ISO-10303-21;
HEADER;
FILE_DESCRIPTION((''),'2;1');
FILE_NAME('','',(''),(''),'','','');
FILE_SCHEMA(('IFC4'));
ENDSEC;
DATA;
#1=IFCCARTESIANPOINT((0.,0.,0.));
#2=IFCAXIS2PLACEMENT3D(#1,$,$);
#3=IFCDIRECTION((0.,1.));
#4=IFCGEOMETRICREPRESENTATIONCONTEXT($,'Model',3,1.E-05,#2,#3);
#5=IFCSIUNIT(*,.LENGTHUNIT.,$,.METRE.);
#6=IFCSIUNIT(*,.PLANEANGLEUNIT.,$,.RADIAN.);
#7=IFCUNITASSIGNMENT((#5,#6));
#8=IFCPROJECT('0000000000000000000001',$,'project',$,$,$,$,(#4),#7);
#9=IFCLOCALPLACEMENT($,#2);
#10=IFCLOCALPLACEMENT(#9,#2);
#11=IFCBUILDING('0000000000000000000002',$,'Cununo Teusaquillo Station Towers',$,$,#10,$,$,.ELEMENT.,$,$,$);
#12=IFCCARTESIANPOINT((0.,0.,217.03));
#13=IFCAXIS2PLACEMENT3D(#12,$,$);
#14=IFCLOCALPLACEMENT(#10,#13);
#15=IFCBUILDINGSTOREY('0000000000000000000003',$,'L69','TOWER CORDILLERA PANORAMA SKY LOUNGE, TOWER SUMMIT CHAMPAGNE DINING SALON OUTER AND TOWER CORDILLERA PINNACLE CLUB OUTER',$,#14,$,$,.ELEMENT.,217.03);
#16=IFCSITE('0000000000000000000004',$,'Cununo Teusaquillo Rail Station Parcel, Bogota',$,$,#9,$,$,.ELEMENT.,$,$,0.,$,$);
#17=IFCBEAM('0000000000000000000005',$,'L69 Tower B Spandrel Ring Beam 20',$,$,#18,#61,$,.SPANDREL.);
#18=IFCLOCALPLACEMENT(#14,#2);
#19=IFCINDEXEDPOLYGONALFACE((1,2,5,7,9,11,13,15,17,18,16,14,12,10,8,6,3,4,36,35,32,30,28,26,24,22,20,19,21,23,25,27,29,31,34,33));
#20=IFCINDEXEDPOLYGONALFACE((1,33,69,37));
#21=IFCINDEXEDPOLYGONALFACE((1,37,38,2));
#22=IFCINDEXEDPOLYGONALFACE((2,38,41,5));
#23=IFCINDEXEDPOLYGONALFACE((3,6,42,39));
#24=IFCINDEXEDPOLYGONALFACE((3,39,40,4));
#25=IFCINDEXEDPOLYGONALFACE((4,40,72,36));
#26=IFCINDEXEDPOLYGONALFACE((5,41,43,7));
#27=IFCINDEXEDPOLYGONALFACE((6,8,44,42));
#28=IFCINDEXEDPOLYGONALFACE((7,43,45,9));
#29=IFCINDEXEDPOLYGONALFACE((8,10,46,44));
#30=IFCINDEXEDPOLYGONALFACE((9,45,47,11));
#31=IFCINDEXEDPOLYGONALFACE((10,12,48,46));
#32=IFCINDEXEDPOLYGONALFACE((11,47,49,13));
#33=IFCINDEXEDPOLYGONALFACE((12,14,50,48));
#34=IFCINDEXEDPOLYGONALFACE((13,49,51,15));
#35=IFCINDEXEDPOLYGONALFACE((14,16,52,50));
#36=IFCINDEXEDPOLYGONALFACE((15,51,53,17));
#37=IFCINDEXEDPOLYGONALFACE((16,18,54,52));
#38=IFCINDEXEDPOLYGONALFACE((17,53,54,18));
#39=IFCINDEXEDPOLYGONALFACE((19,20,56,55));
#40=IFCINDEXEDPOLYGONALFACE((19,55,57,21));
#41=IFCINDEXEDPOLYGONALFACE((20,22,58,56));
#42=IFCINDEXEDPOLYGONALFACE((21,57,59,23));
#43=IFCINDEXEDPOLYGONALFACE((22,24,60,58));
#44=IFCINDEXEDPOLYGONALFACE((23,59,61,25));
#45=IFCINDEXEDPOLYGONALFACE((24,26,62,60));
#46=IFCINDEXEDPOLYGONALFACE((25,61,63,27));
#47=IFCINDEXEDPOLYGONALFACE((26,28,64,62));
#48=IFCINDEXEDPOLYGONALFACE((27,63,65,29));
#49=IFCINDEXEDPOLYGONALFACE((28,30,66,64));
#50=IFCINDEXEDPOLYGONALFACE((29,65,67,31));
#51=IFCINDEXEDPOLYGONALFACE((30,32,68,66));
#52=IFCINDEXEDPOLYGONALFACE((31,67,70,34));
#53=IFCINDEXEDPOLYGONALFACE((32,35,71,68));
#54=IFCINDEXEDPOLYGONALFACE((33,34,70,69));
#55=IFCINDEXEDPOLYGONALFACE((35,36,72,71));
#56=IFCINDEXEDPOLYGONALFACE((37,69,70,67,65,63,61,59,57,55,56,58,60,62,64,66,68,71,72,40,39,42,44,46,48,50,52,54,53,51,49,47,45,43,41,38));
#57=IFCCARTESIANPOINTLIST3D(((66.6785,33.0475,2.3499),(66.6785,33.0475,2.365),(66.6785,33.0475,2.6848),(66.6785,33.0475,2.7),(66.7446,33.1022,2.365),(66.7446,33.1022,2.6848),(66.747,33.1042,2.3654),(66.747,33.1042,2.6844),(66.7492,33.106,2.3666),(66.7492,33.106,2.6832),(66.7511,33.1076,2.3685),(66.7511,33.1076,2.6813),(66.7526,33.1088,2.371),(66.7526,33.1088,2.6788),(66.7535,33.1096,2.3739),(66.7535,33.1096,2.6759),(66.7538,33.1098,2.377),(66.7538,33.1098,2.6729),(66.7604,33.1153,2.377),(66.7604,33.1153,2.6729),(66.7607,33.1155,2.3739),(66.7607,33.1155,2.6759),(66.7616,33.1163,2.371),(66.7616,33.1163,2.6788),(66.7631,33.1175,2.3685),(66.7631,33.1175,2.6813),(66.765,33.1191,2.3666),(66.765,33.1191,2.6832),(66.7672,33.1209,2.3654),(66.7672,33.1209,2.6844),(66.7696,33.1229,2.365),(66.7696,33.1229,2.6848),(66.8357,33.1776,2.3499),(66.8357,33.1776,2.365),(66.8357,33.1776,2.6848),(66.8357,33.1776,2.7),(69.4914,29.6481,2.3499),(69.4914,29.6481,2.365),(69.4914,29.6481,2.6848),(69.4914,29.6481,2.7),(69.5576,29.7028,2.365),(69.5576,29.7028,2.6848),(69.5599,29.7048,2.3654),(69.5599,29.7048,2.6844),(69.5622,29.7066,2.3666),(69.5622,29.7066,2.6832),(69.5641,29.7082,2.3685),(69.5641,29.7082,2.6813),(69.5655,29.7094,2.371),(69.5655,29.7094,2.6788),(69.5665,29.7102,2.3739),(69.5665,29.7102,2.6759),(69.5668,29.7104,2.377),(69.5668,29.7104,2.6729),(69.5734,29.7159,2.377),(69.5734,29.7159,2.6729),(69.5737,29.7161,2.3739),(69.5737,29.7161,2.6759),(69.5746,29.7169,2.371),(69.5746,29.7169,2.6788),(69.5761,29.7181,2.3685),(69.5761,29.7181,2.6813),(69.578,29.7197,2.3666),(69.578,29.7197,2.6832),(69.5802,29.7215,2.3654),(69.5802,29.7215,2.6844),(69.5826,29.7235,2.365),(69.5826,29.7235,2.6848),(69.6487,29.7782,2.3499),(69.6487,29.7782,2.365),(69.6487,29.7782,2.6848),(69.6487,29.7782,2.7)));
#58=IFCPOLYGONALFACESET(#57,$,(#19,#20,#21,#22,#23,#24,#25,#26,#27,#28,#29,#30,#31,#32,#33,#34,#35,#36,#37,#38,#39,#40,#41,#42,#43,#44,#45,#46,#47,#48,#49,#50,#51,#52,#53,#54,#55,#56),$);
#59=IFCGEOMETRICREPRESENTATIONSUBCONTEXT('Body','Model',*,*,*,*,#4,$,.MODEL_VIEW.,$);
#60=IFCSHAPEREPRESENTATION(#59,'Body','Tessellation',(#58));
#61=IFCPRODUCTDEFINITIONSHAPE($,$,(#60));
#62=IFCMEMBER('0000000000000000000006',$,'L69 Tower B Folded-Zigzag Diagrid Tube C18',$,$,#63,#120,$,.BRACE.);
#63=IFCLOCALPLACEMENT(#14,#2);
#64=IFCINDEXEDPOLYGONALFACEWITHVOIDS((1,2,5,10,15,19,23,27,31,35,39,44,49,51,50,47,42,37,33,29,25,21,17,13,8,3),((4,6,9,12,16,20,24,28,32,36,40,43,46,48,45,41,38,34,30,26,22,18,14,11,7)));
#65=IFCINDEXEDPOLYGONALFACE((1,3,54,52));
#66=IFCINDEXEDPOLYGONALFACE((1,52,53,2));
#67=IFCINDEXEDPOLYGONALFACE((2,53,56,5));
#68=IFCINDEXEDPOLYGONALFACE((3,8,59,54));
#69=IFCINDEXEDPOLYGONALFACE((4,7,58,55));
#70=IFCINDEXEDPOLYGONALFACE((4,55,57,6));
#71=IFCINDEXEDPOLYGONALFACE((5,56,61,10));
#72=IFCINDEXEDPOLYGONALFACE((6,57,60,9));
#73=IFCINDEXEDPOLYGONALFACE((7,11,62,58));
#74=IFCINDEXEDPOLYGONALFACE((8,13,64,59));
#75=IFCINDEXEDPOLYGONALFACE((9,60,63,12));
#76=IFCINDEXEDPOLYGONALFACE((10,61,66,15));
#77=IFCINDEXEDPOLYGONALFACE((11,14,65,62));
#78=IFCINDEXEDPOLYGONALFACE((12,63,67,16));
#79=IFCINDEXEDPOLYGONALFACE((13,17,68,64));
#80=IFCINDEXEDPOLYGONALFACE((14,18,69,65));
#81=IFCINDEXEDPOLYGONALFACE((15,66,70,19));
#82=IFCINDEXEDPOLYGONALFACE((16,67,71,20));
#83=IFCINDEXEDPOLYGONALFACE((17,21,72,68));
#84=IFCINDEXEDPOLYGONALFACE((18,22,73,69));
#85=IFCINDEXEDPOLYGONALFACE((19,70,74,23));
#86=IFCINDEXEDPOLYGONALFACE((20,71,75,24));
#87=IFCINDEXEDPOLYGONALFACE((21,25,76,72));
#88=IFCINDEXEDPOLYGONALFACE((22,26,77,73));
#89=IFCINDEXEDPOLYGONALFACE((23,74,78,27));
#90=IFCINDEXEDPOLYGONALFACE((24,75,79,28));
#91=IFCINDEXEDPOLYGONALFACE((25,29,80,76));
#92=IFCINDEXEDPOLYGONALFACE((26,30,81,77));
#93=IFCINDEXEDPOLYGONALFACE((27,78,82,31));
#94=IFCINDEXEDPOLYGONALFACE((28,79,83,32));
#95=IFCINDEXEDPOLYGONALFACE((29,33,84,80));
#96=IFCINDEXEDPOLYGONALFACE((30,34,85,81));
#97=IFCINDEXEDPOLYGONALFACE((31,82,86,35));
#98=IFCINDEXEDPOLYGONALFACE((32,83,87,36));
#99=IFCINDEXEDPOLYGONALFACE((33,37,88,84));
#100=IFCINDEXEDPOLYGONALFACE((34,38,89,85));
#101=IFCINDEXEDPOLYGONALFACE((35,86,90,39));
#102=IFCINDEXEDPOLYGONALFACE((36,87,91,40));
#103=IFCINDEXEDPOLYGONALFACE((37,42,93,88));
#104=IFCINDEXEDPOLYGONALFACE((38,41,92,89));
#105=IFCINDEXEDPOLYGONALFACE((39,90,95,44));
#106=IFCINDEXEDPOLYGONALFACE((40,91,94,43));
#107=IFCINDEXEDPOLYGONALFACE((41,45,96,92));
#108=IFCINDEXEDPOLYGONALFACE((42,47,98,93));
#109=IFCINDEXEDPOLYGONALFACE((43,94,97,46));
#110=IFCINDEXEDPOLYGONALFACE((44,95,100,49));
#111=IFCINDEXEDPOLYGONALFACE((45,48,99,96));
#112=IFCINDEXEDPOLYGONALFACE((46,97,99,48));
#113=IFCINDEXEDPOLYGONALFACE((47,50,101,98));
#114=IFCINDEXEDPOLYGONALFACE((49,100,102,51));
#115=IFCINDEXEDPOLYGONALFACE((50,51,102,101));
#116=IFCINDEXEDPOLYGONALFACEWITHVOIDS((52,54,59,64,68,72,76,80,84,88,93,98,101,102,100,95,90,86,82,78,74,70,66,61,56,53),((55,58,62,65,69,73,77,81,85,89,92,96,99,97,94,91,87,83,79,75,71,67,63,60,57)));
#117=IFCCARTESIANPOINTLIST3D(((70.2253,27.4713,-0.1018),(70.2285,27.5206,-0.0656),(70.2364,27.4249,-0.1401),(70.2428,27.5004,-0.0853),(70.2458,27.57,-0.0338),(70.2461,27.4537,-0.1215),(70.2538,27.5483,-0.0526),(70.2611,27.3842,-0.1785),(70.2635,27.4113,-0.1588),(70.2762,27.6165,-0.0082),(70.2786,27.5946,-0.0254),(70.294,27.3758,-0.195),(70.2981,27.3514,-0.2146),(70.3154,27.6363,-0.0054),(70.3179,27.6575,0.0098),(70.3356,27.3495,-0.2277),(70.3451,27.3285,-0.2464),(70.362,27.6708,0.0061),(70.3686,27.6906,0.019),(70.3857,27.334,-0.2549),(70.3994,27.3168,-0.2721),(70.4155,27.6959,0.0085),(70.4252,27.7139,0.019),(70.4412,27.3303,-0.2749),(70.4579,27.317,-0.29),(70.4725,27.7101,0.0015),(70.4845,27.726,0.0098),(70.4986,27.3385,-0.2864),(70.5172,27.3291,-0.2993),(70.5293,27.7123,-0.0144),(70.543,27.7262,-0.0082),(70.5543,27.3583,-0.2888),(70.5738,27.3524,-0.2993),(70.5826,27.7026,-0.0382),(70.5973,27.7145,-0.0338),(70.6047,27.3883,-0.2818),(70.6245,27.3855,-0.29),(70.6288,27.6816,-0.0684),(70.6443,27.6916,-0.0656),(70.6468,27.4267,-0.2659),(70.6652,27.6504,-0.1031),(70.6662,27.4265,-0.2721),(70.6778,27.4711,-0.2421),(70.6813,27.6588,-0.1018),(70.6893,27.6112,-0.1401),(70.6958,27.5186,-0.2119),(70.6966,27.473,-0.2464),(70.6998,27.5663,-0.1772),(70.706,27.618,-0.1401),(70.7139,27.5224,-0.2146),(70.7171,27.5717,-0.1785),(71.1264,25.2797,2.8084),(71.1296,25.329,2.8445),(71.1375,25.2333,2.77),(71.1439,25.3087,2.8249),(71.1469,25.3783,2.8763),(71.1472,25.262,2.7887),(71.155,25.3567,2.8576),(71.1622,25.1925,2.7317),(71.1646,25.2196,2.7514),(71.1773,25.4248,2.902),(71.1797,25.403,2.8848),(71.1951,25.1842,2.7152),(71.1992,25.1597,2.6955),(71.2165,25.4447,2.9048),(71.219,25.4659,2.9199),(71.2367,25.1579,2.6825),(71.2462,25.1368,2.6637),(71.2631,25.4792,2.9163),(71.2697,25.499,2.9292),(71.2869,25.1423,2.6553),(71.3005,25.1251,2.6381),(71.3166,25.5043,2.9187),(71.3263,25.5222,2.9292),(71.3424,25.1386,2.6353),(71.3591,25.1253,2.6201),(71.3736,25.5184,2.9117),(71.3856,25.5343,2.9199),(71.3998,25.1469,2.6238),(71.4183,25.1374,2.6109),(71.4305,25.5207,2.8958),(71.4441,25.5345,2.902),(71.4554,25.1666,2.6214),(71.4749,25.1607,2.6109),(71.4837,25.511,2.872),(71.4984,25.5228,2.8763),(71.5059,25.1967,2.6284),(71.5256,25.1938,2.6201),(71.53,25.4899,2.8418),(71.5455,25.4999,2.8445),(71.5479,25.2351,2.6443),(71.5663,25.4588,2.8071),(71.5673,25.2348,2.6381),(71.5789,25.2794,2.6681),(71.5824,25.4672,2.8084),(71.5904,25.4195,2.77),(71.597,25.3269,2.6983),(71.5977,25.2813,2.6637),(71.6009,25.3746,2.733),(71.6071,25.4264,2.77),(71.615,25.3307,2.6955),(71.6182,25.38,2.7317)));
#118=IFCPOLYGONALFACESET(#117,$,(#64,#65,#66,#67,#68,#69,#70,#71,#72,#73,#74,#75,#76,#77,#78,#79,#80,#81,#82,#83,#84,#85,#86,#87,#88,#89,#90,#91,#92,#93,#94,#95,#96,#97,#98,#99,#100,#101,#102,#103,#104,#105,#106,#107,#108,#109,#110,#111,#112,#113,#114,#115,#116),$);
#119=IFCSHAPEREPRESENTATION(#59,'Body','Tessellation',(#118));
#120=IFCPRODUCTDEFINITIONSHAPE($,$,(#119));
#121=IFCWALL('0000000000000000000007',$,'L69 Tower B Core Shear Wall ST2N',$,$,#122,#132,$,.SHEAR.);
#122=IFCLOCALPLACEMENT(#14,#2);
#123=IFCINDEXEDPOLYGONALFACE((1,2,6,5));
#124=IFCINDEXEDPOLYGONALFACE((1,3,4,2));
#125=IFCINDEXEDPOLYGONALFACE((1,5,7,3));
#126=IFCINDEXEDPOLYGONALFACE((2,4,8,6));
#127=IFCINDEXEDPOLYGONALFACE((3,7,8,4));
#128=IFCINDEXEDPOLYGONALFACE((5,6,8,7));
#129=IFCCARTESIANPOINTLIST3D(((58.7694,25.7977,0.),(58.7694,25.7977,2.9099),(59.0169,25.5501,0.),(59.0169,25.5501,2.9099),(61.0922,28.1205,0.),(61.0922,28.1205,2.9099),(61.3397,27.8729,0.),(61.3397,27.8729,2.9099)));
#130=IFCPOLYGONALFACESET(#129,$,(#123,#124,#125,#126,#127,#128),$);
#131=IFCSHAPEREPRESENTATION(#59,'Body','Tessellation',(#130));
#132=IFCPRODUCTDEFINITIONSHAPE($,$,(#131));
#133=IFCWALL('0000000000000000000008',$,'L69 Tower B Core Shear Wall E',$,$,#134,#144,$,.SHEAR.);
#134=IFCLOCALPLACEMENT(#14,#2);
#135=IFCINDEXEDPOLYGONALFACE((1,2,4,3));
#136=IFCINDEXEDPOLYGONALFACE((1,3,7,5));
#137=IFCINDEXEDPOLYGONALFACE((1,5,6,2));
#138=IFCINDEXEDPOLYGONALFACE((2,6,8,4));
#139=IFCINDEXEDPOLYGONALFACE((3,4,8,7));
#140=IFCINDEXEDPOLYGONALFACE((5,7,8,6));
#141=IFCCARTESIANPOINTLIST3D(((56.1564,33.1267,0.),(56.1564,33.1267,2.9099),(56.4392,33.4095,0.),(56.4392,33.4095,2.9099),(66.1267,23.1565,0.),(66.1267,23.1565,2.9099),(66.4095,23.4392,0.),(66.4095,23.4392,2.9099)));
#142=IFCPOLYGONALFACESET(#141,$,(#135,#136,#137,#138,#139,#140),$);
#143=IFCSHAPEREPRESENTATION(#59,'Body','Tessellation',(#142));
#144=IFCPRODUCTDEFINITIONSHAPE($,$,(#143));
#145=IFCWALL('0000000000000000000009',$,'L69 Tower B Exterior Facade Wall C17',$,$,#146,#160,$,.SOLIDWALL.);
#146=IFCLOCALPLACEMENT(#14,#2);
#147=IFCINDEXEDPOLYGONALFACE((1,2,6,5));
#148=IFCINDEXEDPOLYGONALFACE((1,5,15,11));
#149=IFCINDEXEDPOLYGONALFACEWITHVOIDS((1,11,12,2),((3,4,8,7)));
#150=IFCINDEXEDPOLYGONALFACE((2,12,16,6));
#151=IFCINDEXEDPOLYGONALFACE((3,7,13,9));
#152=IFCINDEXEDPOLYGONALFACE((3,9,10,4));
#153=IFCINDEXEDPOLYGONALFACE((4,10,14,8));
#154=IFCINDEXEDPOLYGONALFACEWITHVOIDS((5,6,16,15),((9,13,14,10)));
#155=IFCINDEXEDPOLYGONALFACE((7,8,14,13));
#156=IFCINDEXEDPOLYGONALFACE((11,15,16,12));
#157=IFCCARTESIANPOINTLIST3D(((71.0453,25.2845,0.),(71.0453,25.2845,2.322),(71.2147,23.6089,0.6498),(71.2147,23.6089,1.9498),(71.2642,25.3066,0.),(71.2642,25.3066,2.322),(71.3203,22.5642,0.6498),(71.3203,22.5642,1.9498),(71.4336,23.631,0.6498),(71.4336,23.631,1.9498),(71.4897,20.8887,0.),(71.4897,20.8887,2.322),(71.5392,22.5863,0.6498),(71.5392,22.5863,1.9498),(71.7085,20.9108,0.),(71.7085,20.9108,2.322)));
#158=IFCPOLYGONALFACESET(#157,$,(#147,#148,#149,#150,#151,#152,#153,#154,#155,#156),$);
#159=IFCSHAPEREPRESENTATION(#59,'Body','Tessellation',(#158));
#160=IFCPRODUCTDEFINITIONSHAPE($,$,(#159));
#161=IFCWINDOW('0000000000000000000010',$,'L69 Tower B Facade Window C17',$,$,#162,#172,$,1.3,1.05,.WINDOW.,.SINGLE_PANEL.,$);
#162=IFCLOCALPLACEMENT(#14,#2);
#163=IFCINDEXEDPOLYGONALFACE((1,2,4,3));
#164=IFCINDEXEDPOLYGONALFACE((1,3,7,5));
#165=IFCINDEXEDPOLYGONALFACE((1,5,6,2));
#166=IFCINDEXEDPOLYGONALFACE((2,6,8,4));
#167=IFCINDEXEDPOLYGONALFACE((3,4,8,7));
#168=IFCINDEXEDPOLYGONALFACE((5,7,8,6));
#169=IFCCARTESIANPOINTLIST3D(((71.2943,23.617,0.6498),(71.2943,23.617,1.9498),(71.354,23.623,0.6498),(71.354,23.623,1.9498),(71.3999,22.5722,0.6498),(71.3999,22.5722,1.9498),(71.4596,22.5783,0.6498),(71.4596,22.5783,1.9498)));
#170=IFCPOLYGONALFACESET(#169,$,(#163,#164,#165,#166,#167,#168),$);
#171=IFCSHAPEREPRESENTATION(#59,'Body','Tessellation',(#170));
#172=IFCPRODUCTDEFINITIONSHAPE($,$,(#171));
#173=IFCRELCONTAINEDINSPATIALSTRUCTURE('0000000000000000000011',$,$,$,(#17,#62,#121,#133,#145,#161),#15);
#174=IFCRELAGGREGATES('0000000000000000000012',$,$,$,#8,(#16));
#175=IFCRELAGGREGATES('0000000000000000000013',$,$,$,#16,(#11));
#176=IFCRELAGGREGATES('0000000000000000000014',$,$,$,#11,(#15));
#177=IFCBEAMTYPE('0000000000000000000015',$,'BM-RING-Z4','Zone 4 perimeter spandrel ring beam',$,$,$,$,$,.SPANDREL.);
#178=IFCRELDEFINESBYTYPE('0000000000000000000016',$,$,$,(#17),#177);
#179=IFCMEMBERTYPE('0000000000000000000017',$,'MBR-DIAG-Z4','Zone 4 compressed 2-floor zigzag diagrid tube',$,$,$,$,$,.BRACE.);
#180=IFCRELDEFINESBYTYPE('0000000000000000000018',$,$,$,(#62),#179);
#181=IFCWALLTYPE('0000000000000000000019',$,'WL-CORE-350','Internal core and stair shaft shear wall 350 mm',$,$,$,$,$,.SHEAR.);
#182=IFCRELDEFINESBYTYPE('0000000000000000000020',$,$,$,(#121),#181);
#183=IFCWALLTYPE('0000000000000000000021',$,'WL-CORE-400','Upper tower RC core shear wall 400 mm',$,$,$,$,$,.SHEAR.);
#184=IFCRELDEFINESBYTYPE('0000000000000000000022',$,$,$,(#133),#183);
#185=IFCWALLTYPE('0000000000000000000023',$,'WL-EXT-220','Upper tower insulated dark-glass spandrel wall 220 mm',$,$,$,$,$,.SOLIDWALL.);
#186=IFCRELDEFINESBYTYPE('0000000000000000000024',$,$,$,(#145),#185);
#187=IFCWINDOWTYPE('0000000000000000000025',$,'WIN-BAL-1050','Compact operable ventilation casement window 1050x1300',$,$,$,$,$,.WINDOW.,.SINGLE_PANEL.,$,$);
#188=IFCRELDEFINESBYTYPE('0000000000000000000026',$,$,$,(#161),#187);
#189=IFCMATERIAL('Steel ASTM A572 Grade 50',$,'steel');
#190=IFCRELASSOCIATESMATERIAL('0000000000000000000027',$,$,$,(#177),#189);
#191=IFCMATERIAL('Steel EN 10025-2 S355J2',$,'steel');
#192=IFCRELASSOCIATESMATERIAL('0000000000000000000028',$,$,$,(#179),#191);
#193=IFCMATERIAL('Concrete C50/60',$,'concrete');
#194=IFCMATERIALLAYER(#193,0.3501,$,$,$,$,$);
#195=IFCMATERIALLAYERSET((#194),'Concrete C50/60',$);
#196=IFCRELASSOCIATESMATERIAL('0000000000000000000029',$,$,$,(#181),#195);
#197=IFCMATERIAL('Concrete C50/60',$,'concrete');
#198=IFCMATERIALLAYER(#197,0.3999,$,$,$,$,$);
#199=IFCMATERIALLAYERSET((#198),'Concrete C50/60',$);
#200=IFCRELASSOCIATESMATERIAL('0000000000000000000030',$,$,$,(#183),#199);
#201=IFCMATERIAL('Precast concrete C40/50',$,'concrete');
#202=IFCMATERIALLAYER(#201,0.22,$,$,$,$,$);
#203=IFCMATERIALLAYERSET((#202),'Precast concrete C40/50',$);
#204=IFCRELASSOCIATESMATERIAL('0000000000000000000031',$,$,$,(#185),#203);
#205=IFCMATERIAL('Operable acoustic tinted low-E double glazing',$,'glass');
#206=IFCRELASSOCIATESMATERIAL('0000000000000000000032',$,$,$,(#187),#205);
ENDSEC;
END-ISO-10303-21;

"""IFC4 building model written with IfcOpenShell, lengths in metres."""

from ifc_helpers import new_model, si_unit, direction, frame, frame_2d, origin, origin_2d, place, context, subcontext, project, spatial, rectangle, hollow_circle, i_section, extrude, source, transform, mapped, material, layer, layer_set, material_profile, profile_set, type_object, element, fill, save


model = new_model("IFC4")

# Units and contexts
model_context = context("Model", 3, precision=1e-05, world=origin(), true_north=direction((0.0, 1.0)))
body_context = subcontext(model_context, "Body", "Model", "MODEL_VIEW")
ifc_project = project(units=[si_unit("LENGTHUNIT", "METRE"), si_unit("PLANEANGLEUNIT", "RADIAN")], contexts=[model_context])

# Site, building, storey
site_placement = place(None, origin())
site = spatial("IfcSite", under=ifc_project, at=site_placement, Name="Cununo Teusaquillo Rail Station Parcel, Bogota", CompositionType="ELEMENT", RefElevation=0.0)
building_placement = place(site_placement, origin())
building = spatial("IfcBuilding", under=site, at=building_placement, Name="Cununo Teusaquillo Station Towers", CompositionType="ELEMENT")
storey_placement = place(building_placement, frame((0.0, 0.0, 217.03)))
storey = spatial("IfcBuildingStorey", under=building, at=storey_placement, Name="L69", Description="TOWER CORDILLERA PANORAMA SKY LOUNGE, TOWER SUMMIT CHAMPAGNE DINING SALON OUTER AND TOWER CORDILLERA PINNACLE CLUB OUTER", CompositionType="ELEMENT", Elevation=217.03)

# Beam
ifc_material_1 = material(Name="Steel ASTM A572 Grade 50", Category="steel")
ifc_material_profile_1 = material_profile(ifc_material_1, i_section(OverallWidth=0.2041, OverallDepth=0.3501, WebThickness=0.0085, FlangeThickness=0.0151, FilletRadius=0.012, at=origin_2d()), Name="W14X48")
ifc_profile_set_1 = profile_set([ifc_material_profile_1], Name="Steel ASTM A572 Grade 50")
beam_type_1 = type_object("IfcBeamType", Name="BM-RING-Z4", Description="Zone 4 perimeter spandrel ring beam", PredefinedType="SPANDREL", material=ifc_profile_set_1)
beam_1_placement = place(storey_placement, frame((69.5701, 29.7131, 2.5249), z_axis=(-0.637525, 0.77043, 0.0), x_axis=(-0.77043, -0.637525, 0.0)))
element("IfcBeam", 1, at=beam_1_placement, inside=storey, type_object=beam_type_1, Name="L69 Tower B Spandrel Ring Beam 20", PredefinedType="SPANDREL", context=body_context, shape_type="SweptSolid", body=[
    extrude(i_section(OverallWidth=0.2041, OverallDepth=0.3501, WebThickness=0.0085, FlangeThickness=0.0151, FilletRadius=0.012, at=origin_2d()), origin(), (0.0, 0.0, 1.0), 4.4124),
])

# Member
ifc_material_2 = material(Name="Steel EN 10025-2 S355J2", Category="steel")
ifc_material_profile_2 = material_profile(ifc_material_2, hollow_circle(Radius=0.2539, WallThickness=0.0181, at=origin_2d()), Name="CHS 508x18")
ifc_profile_set_2 = profile_set([ifc_material_profile_2], Name="Steel EN 10025-2 S355J2")
member_type = type_object("IfcMemberType", Name="MBR-DIAG-Z4", Description="Zone 4 compressed 2-floor zigzag diagrid tube", PredefinedType="BRACE", material=ifc_profile_set_2)
member_placement = place(storey_placement, frame((70.4712, 27.5215, -0.1401), z_axis=(0.240113, -0.583986, 0.775439), x_axis=(0.924874, 0.380273, 0.0)))
element("IfcMember", 2, at=member_placement, inside=storey, type_object=member_type, Name="L69 Tower B Folded-Zigzag Diagrid Tube C18", PredefinedType="BRACE", context=body_context, shape_type="SweptSolid", body=[
    extrude(hollow_circle(Radius=0.2539, WallThickness=0.0181, at=origin_2d()), origin(), (0.0, 0.0, 1.0), 3.7529),
])

# Walls
ifc_material_3 = material(Name="Concrete C50/60", Category="concrete")
ifc_layer_1 = layer(ifc_material_3, 0.3501)
ifc_layer_set_1 = layer_set([ifc_layer_1], Name="Concrete C50/60")
wall_type_1 = type_object("IfcWallType", Name="WL-CORE-350", Description="Internal core and stair shaft shear wall 350 mm", PredefinedType="SHEAR", material=ifc_layer_set_1)
wall_1_placement = place(storey_placement, frame((58.8931, 25.6738, 0.0), z_axis=(0.0, 0.0, 1.0), x_axis=(0.707107, 0.707107, 0.0)))
element("IfcWall", 3, at=wall_1_placement, inside=storey, type_object=wall_type_1, Name="L69 Tower B Core Shear Wall ST2N", PredefinedType="SHEAR", context=body_context, shape_type="SweptSolid", body=[
    extrude(rectangle(XDim=3.2849, YDim=0.3501, at=frame_2d((1.6426, 0.0))), origin(), (0.0, 0.0, 1.0), 2.9099),
])
ifc_material_4 = material(Name="Concrete C50/60", Category="concrete")
ifc_layer_2 = layer(ifc_material_4, 0.3999)
ifc_layer_set_2 = layer_set([ifc_layer_2], Name="Concrete C50/60")
wall_type_2 = type_object("IfcWallType", Name="WL-CORE-400", Description="Upper tower RC core shear wall 400 mm", PredefinedType="SHEAR", material=ifc_layer_set_2)
wall_2_placement = place(storey_placement, frame((66.2681, 23.2979, 0.0), z_axis=(0.0, 0.0, 1.0), x_axis=(-0.707107, 0.707107, 0.0)))
element("IfcWall", 4, at=wall_2_placement, inside=storey, type_object=wall_type_2, Name="L69 Tower B Core Shear Wall E", PredefinedType="SHEAR", context=body_context, shape_type="SweptSolid", body=[
    extrude(rectangle(XDim=14.1001, YDim=0.3999, at=frame_2d((7.05, 0.0))), origin(), (0.0, 0.0, 1.0), 2.9099),
])

# Wall, opening, window
ifc_material_5 = material(Name="Precast concrete C40/50", Category="concrete")
ifc_layer_3 = layer(ifc_material_5, 0.22)
ifc_layer_set_3 = layer_set([ifc_layer_3], Name="Precast concrete C40/50")
wall_type_3 = type_object("IfcWallType", Name="WL-EXT-220", Description="Upper tower insulated dark-glass spandrel wall 220 mm", PredefinedType="SOLIDWALL", material=ifc_layer_set_3)
wall_3_placement = place(storey_placement, frame((71.1548, 25.2954, 0.0), z_axis=(0.0, 0.0, 1.0), x_axis=(0.100571, -0.99493, 0.0)))
wall_3 = element("IfcWall", 5, at=wall_3_placement, inside=storey, type_object=wall_type_3, Name="L69 Tower B Exterior Facade Wall C17", PredefinedType="SOLIDWALL", context=body_context, shape_type="SweptSolid", body=[
    extrude(rectangle(XDim=4.4182, YDim=0.22, at=frame_2d((2.209, 0.0))), origin(), (0.0, 0.0, 1.0), 2.322),
])
shared_shape_1 = source(origin(), body_context, "Body", "SweptSolid", [
    extrude(rectangle(XDim=1.05, YDim=1.3, at=frame_2d((0.5249, 0.6499))), frame((0.0, 0.1199, 0.0), z_axis=(0.0, -1.0, 0.0), x_axis=(1.0, 0.0, 0.0)), (0.0, 0.0, 1.0), 0.24),
])
opening_1_placement = place(wall_3_placement, frame((1.6841, 0.0, 0.6499)))
opening_1 = element("IfcOpeningElement", 6, at=opening_1_placement, cuts=wall_3, PredefinedType="OPENING", context=body_context, shape_type="MappedRepresentation", body=[
    mapped(shared_shape_1, transform((0.0, 0.0, 0.0), x_axis=(1.0, 0.0, 0.0), y_axis=(0.0, 1.0, 0.0), z_axis=(0.0, 0.0, 1.0), scale=1.0)),
])
ifc_material_6 = material(Name="Operable acoustic tinted low-E double glazing", Category="glass")
window_type = type_object("IfcWindowType", Name="WIN-BAL-1050", Description="Compact operable ventilation casement window 1050x1300", PartitioningType="SINGLE_PANEL", PredefinedType="WINDOW", material=ifc_material_6)
shared_shape_2 = source(origin(), body_context, "Body", "SweptSolid", [
    extrude(rectangle(XDim=1.05, YDim=1.3, at=frame_2d((0.5249, 0.6499))), frame((0.0, 0.03, 0.0), z_axis=(0.0, -1.0, 0.0), x_axis=(1.0, 0.0, 0.0)), (0.0, 0.0, 1.0), 0.0601),
])
window_placement = place(opening_1_placement, origin())
window = element("IfcWindow", 7, at=window_placement, inside=storey, type_object=window_type, Name="L69 Tower B Facade Window C17", OverallHeight=1.3, OverallWidth=1.05, PartitioningType="SINGLE_PANEL", PredefinedType="WINDOW", context=body_context, shape_type="MappedRepresentation", body=[
    mapped(shared_shape_2, transform((0.0, 0.0, 0.0), x_axis=(1.0, 0.0, 0.0), y_axis=(0.0, 1.0, 0.0), z_axis=(0.0, 0.0, 1.0), scale=1.0)),
])
fill(opening_1, window)

save(model, "model.ifc")
